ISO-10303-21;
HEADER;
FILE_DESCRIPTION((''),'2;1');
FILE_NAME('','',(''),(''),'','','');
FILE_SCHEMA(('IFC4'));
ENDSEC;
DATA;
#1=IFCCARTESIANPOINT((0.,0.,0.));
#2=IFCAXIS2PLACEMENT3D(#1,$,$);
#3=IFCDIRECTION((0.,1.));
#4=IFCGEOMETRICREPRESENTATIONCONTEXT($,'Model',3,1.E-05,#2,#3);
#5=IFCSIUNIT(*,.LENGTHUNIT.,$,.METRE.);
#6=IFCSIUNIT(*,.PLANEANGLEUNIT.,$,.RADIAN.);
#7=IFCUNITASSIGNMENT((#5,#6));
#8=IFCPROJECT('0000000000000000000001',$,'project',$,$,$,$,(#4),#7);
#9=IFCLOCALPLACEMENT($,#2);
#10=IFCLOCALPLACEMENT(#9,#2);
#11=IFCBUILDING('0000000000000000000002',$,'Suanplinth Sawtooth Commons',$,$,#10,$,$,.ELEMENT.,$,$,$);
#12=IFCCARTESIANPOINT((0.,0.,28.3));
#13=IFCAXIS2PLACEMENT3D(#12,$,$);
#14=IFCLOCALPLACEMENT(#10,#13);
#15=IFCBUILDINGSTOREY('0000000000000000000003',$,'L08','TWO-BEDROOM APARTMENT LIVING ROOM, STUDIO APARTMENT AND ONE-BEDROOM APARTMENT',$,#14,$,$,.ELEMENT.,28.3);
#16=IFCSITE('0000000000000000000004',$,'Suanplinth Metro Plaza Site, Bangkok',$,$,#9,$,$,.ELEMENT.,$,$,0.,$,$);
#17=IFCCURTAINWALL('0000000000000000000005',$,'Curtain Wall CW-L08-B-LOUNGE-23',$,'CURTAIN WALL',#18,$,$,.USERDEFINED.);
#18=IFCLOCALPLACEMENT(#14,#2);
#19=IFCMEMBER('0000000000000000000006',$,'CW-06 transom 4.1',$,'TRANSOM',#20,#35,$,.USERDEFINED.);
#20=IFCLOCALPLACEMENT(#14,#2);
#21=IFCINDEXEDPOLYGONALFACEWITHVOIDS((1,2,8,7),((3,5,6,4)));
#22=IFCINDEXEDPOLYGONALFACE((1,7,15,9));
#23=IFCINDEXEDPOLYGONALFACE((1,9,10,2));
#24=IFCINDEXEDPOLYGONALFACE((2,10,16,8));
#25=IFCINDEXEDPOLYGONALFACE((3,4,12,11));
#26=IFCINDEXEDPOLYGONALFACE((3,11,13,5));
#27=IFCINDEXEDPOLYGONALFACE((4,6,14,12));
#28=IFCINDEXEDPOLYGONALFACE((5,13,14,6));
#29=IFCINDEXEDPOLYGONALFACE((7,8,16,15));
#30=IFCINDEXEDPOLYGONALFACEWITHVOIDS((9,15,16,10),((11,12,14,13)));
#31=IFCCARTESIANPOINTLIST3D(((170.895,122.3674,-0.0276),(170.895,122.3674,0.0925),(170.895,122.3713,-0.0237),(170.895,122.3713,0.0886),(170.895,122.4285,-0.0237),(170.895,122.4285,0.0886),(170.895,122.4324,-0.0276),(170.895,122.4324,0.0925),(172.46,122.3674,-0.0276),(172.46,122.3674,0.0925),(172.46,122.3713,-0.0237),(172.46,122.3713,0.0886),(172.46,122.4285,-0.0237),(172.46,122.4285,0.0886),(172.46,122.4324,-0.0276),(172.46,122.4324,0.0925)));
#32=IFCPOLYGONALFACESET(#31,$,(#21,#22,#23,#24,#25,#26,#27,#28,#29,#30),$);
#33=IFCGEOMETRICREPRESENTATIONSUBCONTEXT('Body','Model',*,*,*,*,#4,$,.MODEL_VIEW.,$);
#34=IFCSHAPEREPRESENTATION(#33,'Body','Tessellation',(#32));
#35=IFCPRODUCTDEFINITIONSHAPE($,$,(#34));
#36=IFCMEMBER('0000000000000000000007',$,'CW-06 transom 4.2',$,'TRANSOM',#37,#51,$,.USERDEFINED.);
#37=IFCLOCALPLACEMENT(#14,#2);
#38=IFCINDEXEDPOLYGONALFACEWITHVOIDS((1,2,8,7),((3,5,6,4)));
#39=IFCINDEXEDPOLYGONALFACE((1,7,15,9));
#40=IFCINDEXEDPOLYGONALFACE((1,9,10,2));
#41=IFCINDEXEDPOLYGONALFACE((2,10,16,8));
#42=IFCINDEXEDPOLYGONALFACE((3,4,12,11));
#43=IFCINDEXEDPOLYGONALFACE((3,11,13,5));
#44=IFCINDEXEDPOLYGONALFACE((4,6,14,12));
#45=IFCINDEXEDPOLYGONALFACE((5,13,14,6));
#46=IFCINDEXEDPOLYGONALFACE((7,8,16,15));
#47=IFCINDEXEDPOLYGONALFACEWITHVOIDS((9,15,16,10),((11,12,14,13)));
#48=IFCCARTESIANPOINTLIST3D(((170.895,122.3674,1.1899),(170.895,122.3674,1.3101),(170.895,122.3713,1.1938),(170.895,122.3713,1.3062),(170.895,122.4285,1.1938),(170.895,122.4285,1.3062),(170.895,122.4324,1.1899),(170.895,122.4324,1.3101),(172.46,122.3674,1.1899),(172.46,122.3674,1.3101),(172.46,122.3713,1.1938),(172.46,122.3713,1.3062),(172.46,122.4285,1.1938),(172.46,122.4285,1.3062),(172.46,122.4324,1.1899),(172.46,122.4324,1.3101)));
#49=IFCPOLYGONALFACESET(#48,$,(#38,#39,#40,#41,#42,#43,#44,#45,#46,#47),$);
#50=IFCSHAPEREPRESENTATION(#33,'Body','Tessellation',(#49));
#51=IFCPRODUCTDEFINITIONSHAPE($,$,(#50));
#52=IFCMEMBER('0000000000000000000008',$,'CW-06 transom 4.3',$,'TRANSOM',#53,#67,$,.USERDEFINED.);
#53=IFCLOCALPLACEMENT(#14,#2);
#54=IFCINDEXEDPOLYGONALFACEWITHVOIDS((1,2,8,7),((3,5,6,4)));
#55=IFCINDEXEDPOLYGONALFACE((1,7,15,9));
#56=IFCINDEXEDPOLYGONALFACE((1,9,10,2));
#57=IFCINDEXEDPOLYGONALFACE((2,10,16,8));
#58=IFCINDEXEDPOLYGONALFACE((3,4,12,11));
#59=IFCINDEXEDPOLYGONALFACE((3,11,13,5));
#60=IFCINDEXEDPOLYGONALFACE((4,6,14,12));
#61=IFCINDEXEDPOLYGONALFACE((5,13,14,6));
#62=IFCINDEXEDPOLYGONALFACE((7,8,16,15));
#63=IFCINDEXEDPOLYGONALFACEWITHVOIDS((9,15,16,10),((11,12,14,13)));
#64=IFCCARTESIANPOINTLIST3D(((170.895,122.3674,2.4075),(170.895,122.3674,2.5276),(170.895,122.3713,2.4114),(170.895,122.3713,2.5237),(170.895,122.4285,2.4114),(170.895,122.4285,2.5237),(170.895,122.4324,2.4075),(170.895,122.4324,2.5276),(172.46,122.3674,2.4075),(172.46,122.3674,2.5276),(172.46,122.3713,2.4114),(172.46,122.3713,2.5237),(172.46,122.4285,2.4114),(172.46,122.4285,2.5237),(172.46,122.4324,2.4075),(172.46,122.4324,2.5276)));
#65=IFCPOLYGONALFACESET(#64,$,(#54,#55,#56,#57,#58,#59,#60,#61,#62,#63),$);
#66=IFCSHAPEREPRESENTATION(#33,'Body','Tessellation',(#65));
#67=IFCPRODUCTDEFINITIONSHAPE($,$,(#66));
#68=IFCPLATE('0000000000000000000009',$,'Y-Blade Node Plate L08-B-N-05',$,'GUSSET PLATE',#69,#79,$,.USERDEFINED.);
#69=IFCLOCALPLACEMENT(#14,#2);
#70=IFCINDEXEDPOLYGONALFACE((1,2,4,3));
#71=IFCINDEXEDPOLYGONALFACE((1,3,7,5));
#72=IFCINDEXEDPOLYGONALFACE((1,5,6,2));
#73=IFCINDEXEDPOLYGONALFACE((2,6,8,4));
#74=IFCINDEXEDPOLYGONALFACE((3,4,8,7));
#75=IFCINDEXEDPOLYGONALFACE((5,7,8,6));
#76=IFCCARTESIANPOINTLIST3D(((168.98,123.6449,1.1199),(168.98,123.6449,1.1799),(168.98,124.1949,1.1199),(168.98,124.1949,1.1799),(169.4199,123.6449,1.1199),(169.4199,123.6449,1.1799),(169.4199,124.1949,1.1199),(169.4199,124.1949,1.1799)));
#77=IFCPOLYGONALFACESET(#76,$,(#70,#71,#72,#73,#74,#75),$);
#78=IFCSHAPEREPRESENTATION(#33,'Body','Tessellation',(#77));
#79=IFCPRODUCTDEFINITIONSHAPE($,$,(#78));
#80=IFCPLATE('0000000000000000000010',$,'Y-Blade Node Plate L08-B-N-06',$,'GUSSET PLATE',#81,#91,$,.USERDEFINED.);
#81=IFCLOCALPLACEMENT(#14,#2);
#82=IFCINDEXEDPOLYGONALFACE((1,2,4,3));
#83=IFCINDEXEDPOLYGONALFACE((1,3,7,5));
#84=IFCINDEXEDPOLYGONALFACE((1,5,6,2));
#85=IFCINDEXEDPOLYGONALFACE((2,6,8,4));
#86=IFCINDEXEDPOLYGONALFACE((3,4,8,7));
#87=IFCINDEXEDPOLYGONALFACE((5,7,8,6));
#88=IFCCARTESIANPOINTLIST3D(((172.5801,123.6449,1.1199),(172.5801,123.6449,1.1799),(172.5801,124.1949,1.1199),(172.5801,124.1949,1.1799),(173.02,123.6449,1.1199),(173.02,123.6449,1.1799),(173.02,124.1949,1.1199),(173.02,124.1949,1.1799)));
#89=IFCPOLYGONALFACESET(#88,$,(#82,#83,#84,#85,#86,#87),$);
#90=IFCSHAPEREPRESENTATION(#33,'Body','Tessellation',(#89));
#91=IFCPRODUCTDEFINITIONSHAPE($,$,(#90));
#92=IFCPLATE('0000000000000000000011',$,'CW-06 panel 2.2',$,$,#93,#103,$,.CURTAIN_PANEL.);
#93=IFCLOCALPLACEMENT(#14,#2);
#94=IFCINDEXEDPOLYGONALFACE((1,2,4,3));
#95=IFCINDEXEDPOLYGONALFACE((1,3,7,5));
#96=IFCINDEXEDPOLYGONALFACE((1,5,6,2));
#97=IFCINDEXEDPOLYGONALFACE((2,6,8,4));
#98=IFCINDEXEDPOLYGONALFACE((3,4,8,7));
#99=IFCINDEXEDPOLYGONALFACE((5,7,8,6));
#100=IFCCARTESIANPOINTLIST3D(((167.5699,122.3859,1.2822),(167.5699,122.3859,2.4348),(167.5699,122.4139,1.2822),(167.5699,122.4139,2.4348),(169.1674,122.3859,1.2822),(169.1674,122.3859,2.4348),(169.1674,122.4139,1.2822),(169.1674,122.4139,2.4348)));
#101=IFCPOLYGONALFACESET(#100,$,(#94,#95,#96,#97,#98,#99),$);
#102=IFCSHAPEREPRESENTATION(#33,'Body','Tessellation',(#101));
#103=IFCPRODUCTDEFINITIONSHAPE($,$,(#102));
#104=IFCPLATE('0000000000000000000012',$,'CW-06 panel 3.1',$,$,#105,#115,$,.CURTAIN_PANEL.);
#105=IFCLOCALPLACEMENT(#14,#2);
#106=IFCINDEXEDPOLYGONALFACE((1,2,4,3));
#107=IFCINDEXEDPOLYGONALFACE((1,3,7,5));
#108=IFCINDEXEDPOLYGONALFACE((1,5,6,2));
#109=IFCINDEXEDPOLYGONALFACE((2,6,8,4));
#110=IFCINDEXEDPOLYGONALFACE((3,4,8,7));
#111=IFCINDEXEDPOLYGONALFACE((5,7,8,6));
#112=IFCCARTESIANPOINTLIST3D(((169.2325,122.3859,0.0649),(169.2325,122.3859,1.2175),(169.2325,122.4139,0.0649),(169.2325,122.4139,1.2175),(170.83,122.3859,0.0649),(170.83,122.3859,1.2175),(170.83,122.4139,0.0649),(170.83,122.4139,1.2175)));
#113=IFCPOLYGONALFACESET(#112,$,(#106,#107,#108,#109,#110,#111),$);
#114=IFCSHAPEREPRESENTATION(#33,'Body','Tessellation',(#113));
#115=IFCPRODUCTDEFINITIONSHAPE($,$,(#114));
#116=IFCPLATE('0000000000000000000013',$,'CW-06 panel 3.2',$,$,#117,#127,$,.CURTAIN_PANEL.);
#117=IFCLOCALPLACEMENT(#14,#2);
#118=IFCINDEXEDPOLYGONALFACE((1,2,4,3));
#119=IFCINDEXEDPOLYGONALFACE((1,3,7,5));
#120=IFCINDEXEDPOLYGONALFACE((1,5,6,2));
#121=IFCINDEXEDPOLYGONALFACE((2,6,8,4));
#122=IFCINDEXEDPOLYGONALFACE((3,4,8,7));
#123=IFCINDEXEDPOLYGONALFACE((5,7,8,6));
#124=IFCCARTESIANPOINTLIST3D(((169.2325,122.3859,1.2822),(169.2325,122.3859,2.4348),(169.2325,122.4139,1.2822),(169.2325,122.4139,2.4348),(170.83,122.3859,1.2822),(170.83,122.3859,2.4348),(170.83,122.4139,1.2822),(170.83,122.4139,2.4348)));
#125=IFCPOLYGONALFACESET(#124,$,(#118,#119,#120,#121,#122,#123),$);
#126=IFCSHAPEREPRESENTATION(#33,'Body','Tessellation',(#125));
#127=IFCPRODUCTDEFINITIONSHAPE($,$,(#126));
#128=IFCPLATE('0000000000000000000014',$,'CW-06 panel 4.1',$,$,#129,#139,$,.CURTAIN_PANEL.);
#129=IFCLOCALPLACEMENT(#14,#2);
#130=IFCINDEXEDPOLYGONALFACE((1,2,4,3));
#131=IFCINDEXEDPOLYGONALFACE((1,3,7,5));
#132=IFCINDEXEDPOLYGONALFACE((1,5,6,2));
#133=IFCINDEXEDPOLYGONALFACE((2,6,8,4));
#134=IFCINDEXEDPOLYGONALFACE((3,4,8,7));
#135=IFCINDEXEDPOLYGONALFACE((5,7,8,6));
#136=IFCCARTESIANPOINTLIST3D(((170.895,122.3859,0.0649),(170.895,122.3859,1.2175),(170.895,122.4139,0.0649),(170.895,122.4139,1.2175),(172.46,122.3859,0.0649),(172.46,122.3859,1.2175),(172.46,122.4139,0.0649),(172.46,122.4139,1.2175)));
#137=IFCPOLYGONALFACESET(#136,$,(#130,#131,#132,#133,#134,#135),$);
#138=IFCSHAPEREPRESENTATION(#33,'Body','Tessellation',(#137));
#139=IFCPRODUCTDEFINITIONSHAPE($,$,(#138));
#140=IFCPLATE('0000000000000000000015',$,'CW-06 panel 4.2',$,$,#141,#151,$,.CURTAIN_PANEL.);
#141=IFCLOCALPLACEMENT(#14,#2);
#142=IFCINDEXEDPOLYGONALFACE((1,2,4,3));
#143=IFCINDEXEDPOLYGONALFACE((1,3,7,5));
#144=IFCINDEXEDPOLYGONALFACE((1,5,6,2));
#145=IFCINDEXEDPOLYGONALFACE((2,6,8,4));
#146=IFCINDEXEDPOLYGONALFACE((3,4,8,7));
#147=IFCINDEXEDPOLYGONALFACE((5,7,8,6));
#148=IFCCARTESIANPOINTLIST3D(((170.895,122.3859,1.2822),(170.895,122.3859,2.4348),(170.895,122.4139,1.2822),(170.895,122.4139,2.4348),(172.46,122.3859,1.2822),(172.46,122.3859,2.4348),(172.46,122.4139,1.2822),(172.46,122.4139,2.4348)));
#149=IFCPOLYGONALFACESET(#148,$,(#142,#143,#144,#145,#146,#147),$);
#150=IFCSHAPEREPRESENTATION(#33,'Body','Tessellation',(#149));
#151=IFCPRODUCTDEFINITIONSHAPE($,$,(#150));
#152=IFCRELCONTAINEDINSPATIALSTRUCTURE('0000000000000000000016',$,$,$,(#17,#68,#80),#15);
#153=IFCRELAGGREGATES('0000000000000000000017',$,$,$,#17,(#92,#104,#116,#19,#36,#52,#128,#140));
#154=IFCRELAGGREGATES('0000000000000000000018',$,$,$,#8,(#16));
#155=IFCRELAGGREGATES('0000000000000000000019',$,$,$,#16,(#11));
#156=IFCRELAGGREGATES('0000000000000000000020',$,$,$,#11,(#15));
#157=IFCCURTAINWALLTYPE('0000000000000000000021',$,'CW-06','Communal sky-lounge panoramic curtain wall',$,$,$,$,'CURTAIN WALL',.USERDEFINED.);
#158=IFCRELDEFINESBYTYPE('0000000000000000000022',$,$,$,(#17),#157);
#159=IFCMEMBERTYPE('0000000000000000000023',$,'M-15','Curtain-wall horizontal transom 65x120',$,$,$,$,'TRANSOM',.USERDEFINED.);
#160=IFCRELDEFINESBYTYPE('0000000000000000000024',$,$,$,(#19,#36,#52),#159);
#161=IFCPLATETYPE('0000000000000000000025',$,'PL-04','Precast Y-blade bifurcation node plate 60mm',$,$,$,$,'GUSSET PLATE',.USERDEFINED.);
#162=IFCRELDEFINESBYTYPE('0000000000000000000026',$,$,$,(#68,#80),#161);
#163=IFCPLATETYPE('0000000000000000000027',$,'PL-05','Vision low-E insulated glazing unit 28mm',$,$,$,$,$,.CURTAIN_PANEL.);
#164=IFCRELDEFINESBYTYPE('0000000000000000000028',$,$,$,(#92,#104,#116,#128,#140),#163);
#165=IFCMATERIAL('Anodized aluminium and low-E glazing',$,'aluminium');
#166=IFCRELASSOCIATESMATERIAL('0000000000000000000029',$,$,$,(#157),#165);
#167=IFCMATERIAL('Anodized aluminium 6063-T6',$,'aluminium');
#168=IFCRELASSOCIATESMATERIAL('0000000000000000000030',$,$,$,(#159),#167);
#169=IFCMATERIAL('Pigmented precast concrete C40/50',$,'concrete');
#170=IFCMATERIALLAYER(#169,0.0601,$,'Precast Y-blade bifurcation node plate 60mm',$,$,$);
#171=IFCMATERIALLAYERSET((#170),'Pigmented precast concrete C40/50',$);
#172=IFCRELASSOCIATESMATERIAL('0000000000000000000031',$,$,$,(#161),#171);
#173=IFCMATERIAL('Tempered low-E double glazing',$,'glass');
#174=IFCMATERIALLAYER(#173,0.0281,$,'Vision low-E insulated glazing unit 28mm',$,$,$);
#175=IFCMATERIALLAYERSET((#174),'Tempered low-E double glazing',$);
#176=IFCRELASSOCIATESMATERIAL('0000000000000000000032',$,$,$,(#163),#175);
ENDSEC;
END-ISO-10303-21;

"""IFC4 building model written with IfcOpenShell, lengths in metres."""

from ifc_helpers import new_model, si_unit, direction, frame, origin, origin_2d, place, context, subcontext, project, spatial, rectangle, hollow_rectangle, extrude, material, layer, layer_set, material_profile, profile_set, type_object, element, aggregate, save


model = new_model("IFC4")

# Units and contexts
model_context = context("Model", 3, precision=1e-05, world=origin(), true_north=direction((0.0, 1.0)))
body_context = subcontext(model_context, "Body", "Model", "MODEL_VIEW")
ifc_project = project(units=[si_unit("LENGTHUNIT", "METRE"), si_unit("PLANEANGLEUNIT", "RADIAN")], contexts=[model_context])

# Site, building, storey
site_placement = place(None, origin())
site = spatial("IfcSite", under=ifc_project, at=site_placement, Name="Suanplinth Metro Plaza Site, Bangkok", CompositionType="ELEMENT", RefElevation=0.0)
building_placement = place(site_placement, origin())
building = spatial("IfcBuilding", under=site, at=building_placement, Name="Suanplinth Sawtooth Commons", CompositionType="ELEMENT")
storey_placement = place(building_placement, frame((0.0, 0.0, 28.3)))
storey = spatial("IfcBuildingStorey", under=building, at=storey_placement, Name="L08", Description="TWO-BEDROOM APARTMENT LIVING ROOM, STUDIO APARTMENT AND ONE-BEDROOM APARTMENT", CompositionType="ELEMENT", Elevation=28.3)

# Shared definitions
ifc_material_1 = material(Name="Pigmented precast concrete C40/50", Category="concrete")

# Curtain wall, members
ifc_material_2 = material(Name="Anodized aluminium and low-E glazing", Category="aluminium")
curtain_wall_type = type_object("IfcCurtainWallType", Name="CW-06", Description="Communal sky-lounge panoramic curtain wall", ElementType="CURTAIN WALL", PredefinedType="USERDEFINED", material=ifc_material_2)
curtain_wall_placement = place(storey_placement, origin())
curtain_wall = element("IfcCurtainWall", 1, at=curtain_wall_placement, inside=storey, type_object=curtain_wall_type, Name="Curtain Wall CW-L08-B-LOUNGE-23", ObjectType="CURTAIN WALL", PredefinedType="USERDEFINED")
ifc_material_3 = material(Name="Anodized aluminium 6063-T6", Category="aluminium")
ifc_material_profile_1 = material_profile(ifc_material_3, hollow_rectangle(XDim=0.0649, YDim=0.1201, WallThickness=0.0039, at=origin_2d()), Name="ALU-TRN 65x120")
ifc_profile_set_1 = profile_set([ifc_material_profile_1], Name="Anodized aluminium 6063-T6")
member_type_1 = type_object("IfcMemberType", Name="M-15", Description="Curtain-wall horizontal transom 65x120", ElementType="TRANSOM", PredefinedType="USERDEFINED", material=ifc_profile_set_1)
member_1_placement = place(storey_placement, frame((170.895, 122.3999, 0.0325), z_axis=(1.0, 0.0, 0.0), x_axis=(0.0, 1.0, 0.0)))
member_1 = element("IfcMember", 2, at=member_1_placement, type_object=member_type_1, Name="CW-06 transom 4.1", ObjectType="TRANSOM", PredefinedType="USERDEFINED", context=body_context, shape_type="SweptSolid", body=[
    extrude(hollow_rectangle(XDim=0.0649, YDim=0.1201, WallThickness=0.0039, at=origin_2d()), origin(), (0.0, 0.0, 1.0), 1.5649),
])
member_2_placement = place(storey_placement, frame((170.895, 122.3999, 1.25), z_axis=(1.0, 0.0, 0.0), x_axis=(0.0, 1.0, 0.0)))
member_2 = element("IfcMember", 3, at=member_2_placement, type_object=member_type_1, Name="CW-06 transom 4.2", ObjectType="TRANSOM", PredefinedType="USERDEFINED", context=body_context, shape_type="SweptSolid", body=[
    extrude(hollow_rectangle(XDim=0.0649, YDim=0.1201, WallThickness=0.0039, at=origin_2d()), origin(), (0.0, 0.0, 1.0), 1.5649),
])
member_3_placement = place(storey_placement, frame((170.895, 122.3999, 2.4675), z_axis=(1.0, 0.0, 0.0), x_axis=(0.0, 1.0, 0.0)))
member_3 = element("IfcMember", 4, at=member_3_placement, type_object=member_type_1, Name="CW-06 transom 4.3", ObjectType="TRANSOM", PredefinedType="USERDEFINED", context=body_context, shape_type="SweptSolid", body=[
    extrude(hollow_rectangle(XDim=0.0649, YDim=0.1201, WallThickness=0.0039, at=origin_2d()), origin(), (0.0, 0.0, 1.0), 1.5649),
])

# Plates
ifc_layer_1 = layer(ifc_material_1, 0.0601, Name="Precast Y-blade bifurcation node plate 60mm")
ifc_layer_set_1 = layer_set([ifc_layer_1], Name="Pigmented precast concrete C40/50")
plate_type_1 = type_object("IfcPlateType", Name="PL-04", Description="Precast Y-blade bifurcation node plate 60mm", ElementType="GUSSET PLATE", PredefinedType="USERDEFINED", material=ifc_layer_set_1)
for number, where, z_axis, x_axis, name in (
    (5, (169.2, 123.9199, 1.1199), (0.0, 0.0, 1.0), (1.0, 0.0, 0.0), "Y-Blade Node Plate L08-B-N-05"),
    (6, (172.8, 123.9199, 1.1199), (0.0, 0.0, 1.0), (1.0, 0.0, 0.0), "Y-Blade Node Plate L08-B-N-06"),
):
    element("IfcPlate", number, at=place(storey_placement, frame(where, z_axis=z_axis, x_axis=x_axis)), inside=storey, type_object=plate_type_1, Name=name, ObjectType="GUSSET PLATE", PredefinedType="USERDEFINED", context=body_context, shape_type="SweptSolid", body=[
        extrude(rectangle(XDim=0.4399, YDim=0.55, at=origin_2d()), origin(), (0.0, 0.0, 1.0), 0.0601),
    ])

# Plates
ifc_material_4 = material(Name="Tempered low-E double glazing", Category="glass")
ifc_layer_2 = layer(ifc_material_4, 0.0281, Name="Vision low-E insulated glazing unit 28mm")
ifc_layer_set_2 = layer_set([ifc_layer_2], Name="Tempered low-E double glazing")
plate_type_2 = type_object("IfcPlateType", Name="PL-05", Description="Vision low-E insulated glazing unit 28mm", PredefinedType="CURTAIN_PANEL", material=ifc_layer_set_2)
plate_1_placement = place(storey_placement, frame((168.3687, 122.3999, 1.2822), z_axis=(0.0, 0.0, 1.0), x_axis=(1.0, 0.0, 0.0)))
plate_1 = element("IfcPlate", 7, at=plate_1_placement, type_object=plate_type_2, Name="CW-06 panel 2.2", PredefinedType="CURTAIN_PANEL", context=body_context, shape_type="SweptSolid", body=[
    extrude(rectangle(XDim=1.5974, YDim=0.0281, at=origin_2d()), origin(), (0.0, 0.0, 1.0), 1.1526),
])
plate_2_placement = place(storey_placement, frame((170.0312, 122.3999, 0.0649), z_axis=(0.0, 0.0, 1.0), x_axis=(1.0, 0.0, 0.0)))
plate_2 = element("IfcPlate", 8, at=plate_2_placement, type_object=plate_type_2, Name="CW-06 panel 3.1", PredefinedType="CURTAIN_PANEL", context=body_context, shape_type="SweptSolid", body=[
    extrude(rectangle(XDim=1.5974, YDim=0.0281, at=origin_2d()), origin(), (0.0, 0.0, 1.0), 1.1526),
])
plate_3_placement = place(storey_placement, frame((170.0312, 122.3999, 1.2822), z_axis=(0.0, 0.0, 1.0), x_axis=(1.0, 0.0, 0.0)))
plate_3 = element("IfcPlate", 9, at=plate_3_placement, type_object=plate_type_2, Name="CW-06 panel 3.2", PredefinedType="CURTAIN_PANEL", context=body_context, shape_type="SweptSolid", body=[
    extrude(rectangle(XDim=1.5974, YDim=0.0281, at=origin_2d()), origin(), (0.0, 0.0, 1.0), 1.1526),
])
plate_4_placement = place(storey_placement, frame((171.6775, 122.3999, 0.0649), z_axis=(0.0, 0.0, 1.0), x_axis=(1.0, 0.0, 0.0)))
plate_4 = element("IfcPlate", 10, at=plate_4_placement, type_object=plate_type_2, Name="CW-06 panel 4.1", PredefinedType="CURTAIN_PANEL", context=body_context, shape_type="SweptSolid", body=[
    extrude(rectangle(XDim=1.5649, YDim=0.0281, at=origin_2d()), origin(), (0.0, 0.0, 1.0), 1.1526),
])
plate_5_placement = place(storey_placement, frame((171.6775, 122.3999, 1.2822), z_axis=(0.0, 0.0, 1.0), x_axis=(1.0, 0.0, 0.0)))
plate_5 = element("IfcPlate", 11, at=plate_5_placement, type_object=plate_type_2, Name="CW-06 panel 4.2", PredefinedType="CURTAIN_PANEL", context=body_context, shape_type="SweptSolid", body=[
    extrude(rectangle(XDim=1.5649, YDim=0.0281, at=origin_2d()), origin(), (0.0, 0.0, 1.0), 1.1526),
])
aggregate(curtain_wall, [plate_1, plate_2, plate_3, member_1, member_2, member_3, plate_4, plate_5])

save(model, "model.ifc")
